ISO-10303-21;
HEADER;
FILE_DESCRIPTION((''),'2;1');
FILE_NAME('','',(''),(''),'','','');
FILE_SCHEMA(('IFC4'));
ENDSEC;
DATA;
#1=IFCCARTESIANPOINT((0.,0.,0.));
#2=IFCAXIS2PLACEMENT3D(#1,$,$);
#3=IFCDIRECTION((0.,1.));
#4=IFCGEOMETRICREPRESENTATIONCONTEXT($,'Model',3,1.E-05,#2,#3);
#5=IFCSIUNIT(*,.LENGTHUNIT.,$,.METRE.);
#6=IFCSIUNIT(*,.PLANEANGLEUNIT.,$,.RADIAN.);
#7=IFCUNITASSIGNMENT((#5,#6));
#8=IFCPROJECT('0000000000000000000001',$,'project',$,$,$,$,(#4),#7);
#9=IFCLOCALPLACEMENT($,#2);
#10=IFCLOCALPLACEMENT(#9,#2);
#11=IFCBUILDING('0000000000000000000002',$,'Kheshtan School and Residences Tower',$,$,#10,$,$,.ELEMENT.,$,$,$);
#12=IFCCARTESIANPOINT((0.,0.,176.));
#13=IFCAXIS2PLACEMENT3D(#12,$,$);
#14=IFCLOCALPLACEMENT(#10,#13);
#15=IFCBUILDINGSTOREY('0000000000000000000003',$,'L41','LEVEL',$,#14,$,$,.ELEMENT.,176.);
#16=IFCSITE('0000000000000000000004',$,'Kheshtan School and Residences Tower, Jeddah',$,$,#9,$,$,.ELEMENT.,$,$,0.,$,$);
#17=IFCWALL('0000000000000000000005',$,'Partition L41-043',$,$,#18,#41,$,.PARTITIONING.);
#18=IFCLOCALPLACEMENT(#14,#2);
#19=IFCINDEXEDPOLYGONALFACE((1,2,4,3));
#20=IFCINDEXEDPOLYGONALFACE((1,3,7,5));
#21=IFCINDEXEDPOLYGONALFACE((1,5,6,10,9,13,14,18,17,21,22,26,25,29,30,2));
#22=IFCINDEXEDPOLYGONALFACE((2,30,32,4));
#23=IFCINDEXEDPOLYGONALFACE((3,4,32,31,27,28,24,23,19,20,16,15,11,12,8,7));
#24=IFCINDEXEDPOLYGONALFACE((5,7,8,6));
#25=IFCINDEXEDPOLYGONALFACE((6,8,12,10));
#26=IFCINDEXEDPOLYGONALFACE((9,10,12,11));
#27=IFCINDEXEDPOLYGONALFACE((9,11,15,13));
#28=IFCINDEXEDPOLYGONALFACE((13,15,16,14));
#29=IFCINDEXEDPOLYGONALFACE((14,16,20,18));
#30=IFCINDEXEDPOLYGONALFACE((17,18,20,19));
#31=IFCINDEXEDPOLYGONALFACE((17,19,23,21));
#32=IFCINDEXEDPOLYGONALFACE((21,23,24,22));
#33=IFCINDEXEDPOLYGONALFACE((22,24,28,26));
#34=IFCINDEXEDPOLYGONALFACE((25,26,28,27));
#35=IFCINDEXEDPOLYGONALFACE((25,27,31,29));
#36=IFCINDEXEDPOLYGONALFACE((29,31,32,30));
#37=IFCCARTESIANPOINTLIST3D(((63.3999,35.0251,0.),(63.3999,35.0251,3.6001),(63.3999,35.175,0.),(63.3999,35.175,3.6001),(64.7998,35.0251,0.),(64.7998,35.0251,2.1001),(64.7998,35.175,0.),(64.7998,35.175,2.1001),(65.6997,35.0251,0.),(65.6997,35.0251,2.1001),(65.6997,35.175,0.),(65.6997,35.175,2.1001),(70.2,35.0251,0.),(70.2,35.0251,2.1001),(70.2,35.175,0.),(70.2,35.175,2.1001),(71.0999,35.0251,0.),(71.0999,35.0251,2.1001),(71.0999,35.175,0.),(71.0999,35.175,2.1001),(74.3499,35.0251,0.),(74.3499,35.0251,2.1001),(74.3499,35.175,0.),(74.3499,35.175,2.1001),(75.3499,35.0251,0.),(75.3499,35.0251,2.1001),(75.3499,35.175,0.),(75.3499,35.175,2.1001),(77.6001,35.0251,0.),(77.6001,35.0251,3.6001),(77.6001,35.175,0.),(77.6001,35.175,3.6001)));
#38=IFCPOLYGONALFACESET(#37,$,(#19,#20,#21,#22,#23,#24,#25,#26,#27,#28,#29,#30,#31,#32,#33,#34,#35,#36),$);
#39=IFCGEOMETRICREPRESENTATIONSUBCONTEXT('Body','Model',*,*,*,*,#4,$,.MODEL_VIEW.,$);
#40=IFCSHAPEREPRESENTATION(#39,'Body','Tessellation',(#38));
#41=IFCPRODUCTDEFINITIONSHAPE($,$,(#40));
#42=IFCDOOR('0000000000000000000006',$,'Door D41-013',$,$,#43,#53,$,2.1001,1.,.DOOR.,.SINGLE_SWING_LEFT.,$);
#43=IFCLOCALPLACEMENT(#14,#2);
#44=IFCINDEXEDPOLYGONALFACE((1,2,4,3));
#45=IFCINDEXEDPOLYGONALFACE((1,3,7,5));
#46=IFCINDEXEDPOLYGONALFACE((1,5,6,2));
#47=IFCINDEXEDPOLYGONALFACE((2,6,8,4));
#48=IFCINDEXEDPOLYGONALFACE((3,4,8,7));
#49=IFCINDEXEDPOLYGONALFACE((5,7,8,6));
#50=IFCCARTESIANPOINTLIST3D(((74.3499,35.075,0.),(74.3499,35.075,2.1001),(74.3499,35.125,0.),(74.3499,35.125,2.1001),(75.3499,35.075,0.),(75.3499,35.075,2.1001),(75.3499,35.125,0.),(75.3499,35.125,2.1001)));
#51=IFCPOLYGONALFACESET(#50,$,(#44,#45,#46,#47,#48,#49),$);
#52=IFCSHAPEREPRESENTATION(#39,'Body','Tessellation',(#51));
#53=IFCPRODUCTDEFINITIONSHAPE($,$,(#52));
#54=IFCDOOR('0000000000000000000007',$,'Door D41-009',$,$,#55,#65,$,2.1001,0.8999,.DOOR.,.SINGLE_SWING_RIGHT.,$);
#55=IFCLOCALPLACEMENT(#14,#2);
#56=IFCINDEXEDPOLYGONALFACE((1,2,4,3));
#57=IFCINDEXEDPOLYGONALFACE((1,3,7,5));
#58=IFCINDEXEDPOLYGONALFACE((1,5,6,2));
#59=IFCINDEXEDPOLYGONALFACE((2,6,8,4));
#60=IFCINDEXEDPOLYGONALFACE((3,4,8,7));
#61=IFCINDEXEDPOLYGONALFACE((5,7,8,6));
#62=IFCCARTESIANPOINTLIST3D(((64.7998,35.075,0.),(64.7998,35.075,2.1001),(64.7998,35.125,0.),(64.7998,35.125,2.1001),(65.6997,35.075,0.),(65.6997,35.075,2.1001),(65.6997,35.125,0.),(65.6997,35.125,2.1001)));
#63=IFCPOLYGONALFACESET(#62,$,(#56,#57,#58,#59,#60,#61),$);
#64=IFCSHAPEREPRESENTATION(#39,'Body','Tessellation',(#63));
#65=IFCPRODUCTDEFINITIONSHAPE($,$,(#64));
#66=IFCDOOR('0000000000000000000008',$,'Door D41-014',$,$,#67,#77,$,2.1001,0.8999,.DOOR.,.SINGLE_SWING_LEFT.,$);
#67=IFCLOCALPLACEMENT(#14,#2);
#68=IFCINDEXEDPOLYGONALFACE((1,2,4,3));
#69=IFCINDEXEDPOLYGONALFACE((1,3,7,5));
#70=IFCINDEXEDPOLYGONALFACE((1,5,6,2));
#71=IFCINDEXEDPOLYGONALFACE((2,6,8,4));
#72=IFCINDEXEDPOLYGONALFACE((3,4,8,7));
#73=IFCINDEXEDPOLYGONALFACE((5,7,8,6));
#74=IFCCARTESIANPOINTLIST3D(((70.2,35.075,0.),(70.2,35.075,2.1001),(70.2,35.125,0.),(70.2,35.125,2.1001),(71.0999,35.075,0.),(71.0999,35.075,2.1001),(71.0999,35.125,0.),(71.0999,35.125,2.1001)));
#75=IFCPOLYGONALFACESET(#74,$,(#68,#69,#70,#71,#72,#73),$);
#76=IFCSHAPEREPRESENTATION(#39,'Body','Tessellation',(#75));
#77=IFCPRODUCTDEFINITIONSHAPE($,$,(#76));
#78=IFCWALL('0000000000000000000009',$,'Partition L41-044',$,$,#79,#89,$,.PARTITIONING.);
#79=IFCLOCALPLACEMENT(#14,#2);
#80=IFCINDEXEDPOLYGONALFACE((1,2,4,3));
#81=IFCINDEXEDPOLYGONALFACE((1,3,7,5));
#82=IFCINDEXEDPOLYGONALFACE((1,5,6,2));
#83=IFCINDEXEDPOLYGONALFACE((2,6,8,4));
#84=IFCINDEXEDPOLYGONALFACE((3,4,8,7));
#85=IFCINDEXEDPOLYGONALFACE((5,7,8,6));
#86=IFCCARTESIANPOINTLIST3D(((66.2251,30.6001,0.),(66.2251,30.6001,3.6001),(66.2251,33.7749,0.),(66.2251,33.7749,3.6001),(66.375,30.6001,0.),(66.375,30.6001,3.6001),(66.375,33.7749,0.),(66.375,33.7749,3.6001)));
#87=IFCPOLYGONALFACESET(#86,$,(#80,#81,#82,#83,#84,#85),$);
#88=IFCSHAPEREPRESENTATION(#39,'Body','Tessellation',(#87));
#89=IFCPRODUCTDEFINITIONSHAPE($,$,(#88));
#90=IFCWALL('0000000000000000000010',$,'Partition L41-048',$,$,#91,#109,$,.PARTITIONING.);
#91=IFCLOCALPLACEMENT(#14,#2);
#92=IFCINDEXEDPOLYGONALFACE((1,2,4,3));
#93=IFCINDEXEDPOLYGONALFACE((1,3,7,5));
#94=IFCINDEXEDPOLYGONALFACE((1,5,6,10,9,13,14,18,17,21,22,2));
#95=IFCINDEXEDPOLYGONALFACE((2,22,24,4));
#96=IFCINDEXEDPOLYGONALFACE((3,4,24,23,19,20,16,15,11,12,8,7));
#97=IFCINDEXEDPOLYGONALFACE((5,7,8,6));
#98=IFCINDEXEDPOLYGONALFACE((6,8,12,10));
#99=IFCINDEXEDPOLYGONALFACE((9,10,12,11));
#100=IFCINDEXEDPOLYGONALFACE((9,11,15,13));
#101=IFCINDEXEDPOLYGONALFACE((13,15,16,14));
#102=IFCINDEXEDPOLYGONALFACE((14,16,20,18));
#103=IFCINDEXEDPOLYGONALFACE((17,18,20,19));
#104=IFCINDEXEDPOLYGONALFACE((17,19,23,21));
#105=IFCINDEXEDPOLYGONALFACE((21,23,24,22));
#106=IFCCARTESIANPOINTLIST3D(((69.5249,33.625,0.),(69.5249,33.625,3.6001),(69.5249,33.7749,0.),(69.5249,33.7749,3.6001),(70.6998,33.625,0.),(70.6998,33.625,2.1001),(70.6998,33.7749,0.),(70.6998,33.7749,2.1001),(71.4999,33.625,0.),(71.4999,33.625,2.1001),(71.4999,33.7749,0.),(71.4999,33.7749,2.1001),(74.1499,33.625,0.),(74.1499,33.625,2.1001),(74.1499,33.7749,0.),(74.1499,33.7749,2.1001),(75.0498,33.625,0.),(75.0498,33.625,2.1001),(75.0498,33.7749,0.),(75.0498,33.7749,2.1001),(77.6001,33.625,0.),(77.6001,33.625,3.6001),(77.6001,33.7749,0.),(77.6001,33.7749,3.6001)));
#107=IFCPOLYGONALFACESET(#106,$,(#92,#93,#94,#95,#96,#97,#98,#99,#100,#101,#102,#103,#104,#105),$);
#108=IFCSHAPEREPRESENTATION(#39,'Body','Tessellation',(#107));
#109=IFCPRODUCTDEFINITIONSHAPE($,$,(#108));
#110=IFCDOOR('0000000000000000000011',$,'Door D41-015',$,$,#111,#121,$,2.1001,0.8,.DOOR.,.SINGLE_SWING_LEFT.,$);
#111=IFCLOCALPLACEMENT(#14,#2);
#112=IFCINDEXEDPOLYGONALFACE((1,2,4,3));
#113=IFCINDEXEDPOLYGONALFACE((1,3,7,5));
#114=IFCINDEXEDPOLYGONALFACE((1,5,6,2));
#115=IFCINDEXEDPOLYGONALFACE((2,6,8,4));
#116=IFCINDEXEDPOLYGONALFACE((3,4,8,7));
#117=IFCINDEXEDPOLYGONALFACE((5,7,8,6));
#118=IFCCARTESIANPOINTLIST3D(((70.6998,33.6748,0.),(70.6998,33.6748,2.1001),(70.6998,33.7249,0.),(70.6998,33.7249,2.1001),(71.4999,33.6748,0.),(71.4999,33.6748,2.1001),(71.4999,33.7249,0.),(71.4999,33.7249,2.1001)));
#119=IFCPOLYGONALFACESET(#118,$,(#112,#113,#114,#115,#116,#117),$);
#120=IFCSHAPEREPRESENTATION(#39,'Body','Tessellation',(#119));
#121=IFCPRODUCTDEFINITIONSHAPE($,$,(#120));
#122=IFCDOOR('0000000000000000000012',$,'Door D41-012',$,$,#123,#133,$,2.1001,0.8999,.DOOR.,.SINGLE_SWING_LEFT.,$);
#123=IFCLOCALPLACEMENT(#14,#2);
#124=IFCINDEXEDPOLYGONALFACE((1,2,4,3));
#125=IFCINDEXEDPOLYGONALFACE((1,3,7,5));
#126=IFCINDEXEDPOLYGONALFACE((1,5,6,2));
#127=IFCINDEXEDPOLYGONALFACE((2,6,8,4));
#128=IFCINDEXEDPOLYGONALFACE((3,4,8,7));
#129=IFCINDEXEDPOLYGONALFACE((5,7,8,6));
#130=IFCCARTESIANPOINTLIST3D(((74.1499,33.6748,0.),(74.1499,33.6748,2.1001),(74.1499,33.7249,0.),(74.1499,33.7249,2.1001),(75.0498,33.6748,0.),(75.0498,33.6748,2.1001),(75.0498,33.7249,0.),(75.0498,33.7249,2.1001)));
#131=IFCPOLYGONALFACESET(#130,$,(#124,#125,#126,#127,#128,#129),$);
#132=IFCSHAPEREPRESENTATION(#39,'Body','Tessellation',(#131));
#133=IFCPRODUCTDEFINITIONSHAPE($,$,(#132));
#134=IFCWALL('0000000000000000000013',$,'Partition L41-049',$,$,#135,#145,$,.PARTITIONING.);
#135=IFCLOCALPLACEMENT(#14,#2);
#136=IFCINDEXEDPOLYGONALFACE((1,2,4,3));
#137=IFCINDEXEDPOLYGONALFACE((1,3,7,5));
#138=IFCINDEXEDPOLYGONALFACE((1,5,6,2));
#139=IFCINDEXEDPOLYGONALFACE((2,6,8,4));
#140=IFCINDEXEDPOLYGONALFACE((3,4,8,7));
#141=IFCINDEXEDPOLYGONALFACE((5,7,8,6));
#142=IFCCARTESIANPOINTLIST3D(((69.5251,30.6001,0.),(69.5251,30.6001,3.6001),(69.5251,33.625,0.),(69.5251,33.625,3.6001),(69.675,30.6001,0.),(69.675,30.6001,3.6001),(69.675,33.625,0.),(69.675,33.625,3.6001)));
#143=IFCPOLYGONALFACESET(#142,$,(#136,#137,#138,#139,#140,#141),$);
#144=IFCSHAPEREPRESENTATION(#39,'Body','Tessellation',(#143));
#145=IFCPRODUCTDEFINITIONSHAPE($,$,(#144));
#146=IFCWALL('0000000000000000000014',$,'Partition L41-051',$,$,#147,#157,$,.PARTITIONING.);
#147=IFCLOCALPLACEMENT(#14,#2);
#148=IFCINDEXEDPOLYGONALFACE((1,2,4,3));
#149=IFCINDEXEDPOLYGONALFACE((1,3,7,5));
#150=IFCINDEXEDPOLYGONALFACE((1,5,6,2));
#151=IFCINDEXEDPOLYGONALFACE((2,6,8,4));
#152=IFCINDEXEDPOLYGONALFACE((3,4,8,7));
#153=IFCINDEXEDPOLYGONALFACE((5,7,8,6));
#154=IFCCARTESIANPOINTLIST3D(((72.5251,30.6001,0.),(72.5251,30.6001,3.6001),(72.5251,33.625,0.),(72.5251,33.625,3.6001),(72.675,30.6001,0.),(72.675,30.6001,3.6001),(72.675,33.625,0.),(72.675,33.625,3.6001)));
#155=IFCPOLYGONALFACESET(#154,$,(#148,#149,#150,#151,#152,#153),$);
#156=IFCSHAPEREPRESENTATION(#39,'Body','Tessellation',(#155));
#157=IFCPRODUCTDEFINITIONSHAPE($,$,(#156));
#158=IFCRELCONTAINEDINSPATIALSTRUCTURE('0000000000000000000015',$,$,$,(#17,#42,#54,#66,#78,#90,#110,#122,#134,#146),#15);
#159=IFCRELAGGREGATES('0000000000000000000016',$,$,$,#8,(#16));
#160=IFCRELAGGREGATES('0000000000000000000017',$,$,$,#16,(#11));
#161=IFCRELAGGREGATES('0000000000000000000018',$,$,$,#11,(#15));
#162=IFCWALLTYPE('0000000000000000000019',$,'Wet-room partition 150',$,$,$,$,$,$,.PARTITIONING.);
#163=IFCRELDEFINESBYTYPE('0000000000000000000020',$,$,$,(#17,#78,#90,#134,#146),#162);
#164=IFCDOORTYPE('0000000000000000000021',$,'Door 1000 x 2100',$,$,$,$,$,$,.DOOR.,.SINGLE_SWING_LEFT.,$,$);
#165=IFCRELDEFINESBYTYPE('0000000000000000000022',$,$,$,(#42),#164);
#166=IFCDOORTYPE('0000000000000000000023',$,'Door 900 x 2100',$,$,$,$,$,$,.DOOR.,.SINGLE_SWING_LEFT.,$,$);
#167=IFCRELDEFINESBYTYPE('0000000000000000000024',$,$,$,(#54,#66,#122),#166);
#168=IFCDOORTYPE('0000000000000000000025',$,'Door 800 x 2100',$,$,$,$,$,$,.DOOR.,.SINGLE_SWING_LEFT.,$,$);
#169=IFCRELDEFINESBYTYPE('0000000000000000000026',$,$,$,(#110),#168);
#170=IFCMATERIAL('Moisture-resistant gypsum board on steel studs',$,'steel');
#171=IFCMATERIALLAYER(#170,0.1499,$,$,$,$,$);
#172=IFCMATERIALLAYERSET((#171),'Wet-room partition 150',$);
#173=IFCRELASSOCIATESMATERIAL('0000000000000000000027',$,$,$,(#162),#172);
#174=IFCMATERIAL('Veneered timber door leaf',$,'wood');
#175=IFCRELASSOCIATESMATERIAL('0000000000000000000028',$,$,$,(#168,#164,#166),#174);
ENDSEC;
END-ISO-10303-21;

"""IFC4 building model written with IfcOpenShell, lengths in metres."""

from ifc_helpers import new_model, si_unit, direction, frame, frame_2d, origin, place, context, subcontext, project, spatial, rectangle, extrude, source, transform, mapped, material, layer, layer_set, type_object, element, fill, save


model = new_model("IFC4")

# Units and contexts
model_context = context("Model", 3, precision=1e-05, world=origin(), true_north=direction((0.0, 1.0)))
body_context = subcontext(model_context, "Body", "Model", "MODEL_VIEW")
ifc_project = project(units=[si_unit("LENGTHUNIT", "METRE"), si_unit("PLANEANGLEUNIT", "RADIAN")], contexts=[model_context])

# Site, building, storey
site_placement = place(None, origin())
site = spatial("IfcSite", under=ifc_project, at=site_placement, Name="Kheshtan School and Residences Tower, Jeddah", CompositionType="ELEMENT", RefElevation=0.0)
building_placement = place(site_placement, origin())
building = spatial("IfcBuilding", under=site, at=building_placement, Name="Kheshtan School and Residences Tower", CompositionType="ELEMENT")
storey_placement = place(building_placement, frame((0.0, 0.0, 176.0)))
storey = spatial("IfcBuildingStorey", under=building, at=storey_placement, Name="L41", Description="LEVEL", CompositionType="ELEMENT", Elevation=176.0)

# Shared definitions
ifc_material_1 = material(Name="Moisture-resistant gypsum board on steel studs", Category="steel")
ifc_layer_1 = layer(ifc_material_1, 0.1499)
ifc_layer_set_1 = layer_set([ifc_layer_1], Name="Wet-room partition 150")
wall_type_1 = type_object("IfcWallType", Name="Wet-room partition 150", PredefinedType="PARTITIONING", material=ifc_layer_set_1)
ifc_material_2 = material(Name="Veneered timber door leaf", Category="wood")
door_type_1 = type_object("IfcDoorType", Name="Door 800 x 2100", OperationType="SINGLE_SWING_LEFT", PredefinedType="DOOR", material=ifc_material_2)
shared_shape_1 = source(origin(), body_context, "Body", "SweptSolid", [
    extrude(rectangle(XDim=0.8, YDim=2.1001, at=frame_2d((0.3999, 1.05))), frame((0.0, 0.0249, 0.0), z_axis=(0.0, -1.0, 0.0), x_axis=(1.0, 0.0, 0.0)), (0.0, 0.0, 1.0), 0.05),
])

# Wall, openings, doors
wall_1_placement = place(storey_placement, frame((63.3999, 35.1001, 0.0), z_axis=(0.0, 0.0, 1.0), x_axis=(1.0, 0.0, 0.0)))
wall_1 = element("IfcWall", 1, at=wall_1_placement, inside=storey, type_object=wall_type_1, Name="Partition L41-043", PredefinedType="PARTITIONING", context=body_context, shape_type="SweptSolid", body=[
    extrude(rectangle(XDim=14.2002, YDim=0.1499, at=frame_2d((7.1001, 0.0))), origin(), (0.0, 0.0, 1.0), 3.6001),
])
opening_1_placement = place(wall_1_placement, frame((1.3999, 0.0, 0.0)))
opening_1 = element("IfcOpeningElement", 2, at=opening_1_placement, cuts=wall_1, PredefinedType="OPENING", context=body_context, shape_type="SweptSolid", body=[
    extrude(rectangle(XDim=0.8999, YDim=2.1001, at=frame_2d((0.45, 1.05))), frame((0.0, 0.085, 0.0), z_axis=(0.0, -1.0, 0.0), x_axis=(1.0, 0.0, 0.0)), (0.0, 0.0, 1.0), 0.1699),
])
opening_2_placement = place(wall_1_placement, frame((10.95, 0.0, 0.0)))
opening_2 = element("IfcOpeningElement", 3, at=opening_2_placement, cuts=wall_1, PredefinedType="OPENING", context=body_context, shape_type="SweptSolid", body=[
    extrude(rectangle(XDim=1.0, YDim=2.1001, at=frame_2d((0.5, 1.05))), frame((0.0, 0.085, 0.0), z_axis=(0.0, -1.0, 0.0), x_axis=(1.0, 0.0, 0.0)), (0.0, 0.0, 1.0), 0.1699),
])
opening_3_placement = place(wall_1_placement, frame((6.8, 0.0, 0.0)))
opening_3 = element("IfcOpeningElement", 4, at=opening_3_placement, cuts=wall_1, PredefinedType="OPENING", context=body_context, shape_type="SweptSolid", body=[
    extrude(rectangle(XDim=0.8999, YDim=2.1001, at=frame_2d((0.45, 1.05))), frame((0.0, 0.085, 0.0), z_axis=(0.0, -1.0, 0.0), x_axis=(1.0, 0.0, 0.0)), (0.0, 0.0, 1.0), 0.1699),
])
door_type_2 = type_object("IfcDoorType", Name="Door 1000 x 2100", OperationType="SINGLE_SWING_LEFT", PredefinedType="DOOR", material=ifc_material_2)
shared_shape_2 = source(origin(), body_context, "Body", "SweptSolid", [
    extrude(rectangle(XDim=1.0, YDim=2.1001, at=frame_2d((0.5, 1.05))), frame((0.0, 0.0249, 0.0), z_axis=(0.0, -1.0, 0.0), x_axis=(1.0, 0.0, 0.0)), (0.0, 0.0, 1.0), 0.05),
])
door_1_placement = place(opening_2_placement, origin())
door_1 = element("IfcDoor", 5, at=door_1_placement, inside=storey, type_object=door_type_2, Name="Door D41-013", OperationType="SINGLE_SWING_LEFT", OverallHeight=2.1001, OverallWidth=1.0, PredefinedType="DOOR", context=body_context, shape_type="MappedRepresentation", body=[
    mapped(shared_shape_2, transform((0.0, 0.0, 0.0), x_axis=(1.0, 0.0, 0.0), y_axis=(0.0, 1.0, 0.0), z_axis=(0.0, 0.0, 1.0), scale=1.0)),
])
fill(opening_2, door_1)
door_type_3 = type_object("IfcDoorType", Name="Door 900 x 2100", OperationType="SINGLE_SWING_LEFT", PredefinedType="DOOR", material=ifc_material_2)
shared_shape_3 = source(origin(), body_context, "Body", "SweptSolid", [
    extrude(rectangle(XDim=0.8999, YDim=2.1001, at=frame_2d((0.45, 1.05))), frame((0.0, 0.0249, 0.0), z_axis=(0.0, -1.0, 0.0), x_axis=(1.0, 0.0, 0.0)), (0.0, 0.0, 1.0), 0.05),
])
door_2_placement = place(opening_1_placement, origin())
door_2 = element("IfcDoor", 6, at=door_2_placement, inside=storey, type_object=door_type_3, Name="Door D41-009", OperationType="SINGLE_SWING_RIGHT", OverallHeight=2.1001, OverallWidth=0.8999, PredefinedType="DOOR", context=body_context, shape_type="MappedRepresentation", body=[
    mapped(shared_shape_3, transform((0.0, 0.0, 0.0), x_axis=(1.0, 0.0, 0.0), y_axis=(0.0, 1.0, 0.0), z_axis=(0.0, 0.0, 1.0), scale=1.0)),
])
fill(opening_1, door_2)
door_3_placement = place(opening_3_placement, origin())
door_3 = element("IfcDoor", 7, at=door_3_placement, inside=storey, type_object=door_type_3, Name="Door D41-014", OperationType="SINGLE_SWING_LEFT", OverallHeight=2.1001, OverallWidth=0.8999, PredefinedType="DOOR", context=body_context, shape_type="MappedRepresentation", body=[
    mapped(shared_shape_3, transform((0.0, 0.0, 0.0), x_axis=(1.0, 0.0, 0.0), y_axis=(0.0, 1.0, 0.0), z_axis=(0.0, 0.0, 1.0), scale=1.0)),
])
fill(opening_3, door_3)

# Wall
wall_2_placement = place(storey_placement, frame((66.3, 30.6001, 0.0), z_axis=(0.0, 0.0, 1.0), x_axis=(0.0, 1.0, 0.0)))
element("IfcWall", 8, at=wall_2_placement, inside=storey, type_object=wall_type_1, Name="Partition L41-044", PredefinedType="PARTITIONING", context=body_context, shape_type="SweptSolid", body=[
    extrude(rectangle(XDim=3.1748, YDim=0.1499, at=frame_2d((1.5874, 0.0))), origin(), (0.0, 0.0, 1.0), 3.6001),
])

# Wall, openings, doors
wall_3_placement = place(storey_placement, frame((69.5249, 33.7, 0.0), z_axis=(0.0, 0.0, 1.0), x_axis=(1.0, 0.0, 0.0)))
wall_3 = element("IfcWall", 9, at=wall_3_placement, inside=storey, type_object=wall_type_1, Name="Partition L41-048", PredefinedType="PARTITIONING", context=body_context, shape_type="SweptSolid", body=[
    extrude(rectangle(XDim=8.0752, YDim=0.1499, at=frame_2d((4.0376, 0.0))), origin(), (0.0, 0.0, 1.0), 3.6001),
])
opening_4_placement = place(wall_3_placement, frame((4.625, 0.0, 0.0)))
opening_4 = element("IfcOpeningElement", 10, at=opening_4_placement, cuts=wall_3, PredefinedType="OPENING", context=body_context, shape_type="SweptSolid", body=[
    extrude(rectangle(XDim=0.8999, YDim=2.1001, at=frame_2d((0.45, 1.05))), frame((0.0, 0.085, 0.0), z_axis=(0.0, -1.0, 0.0), x_axis=(1.0, 0.0, 0.0)), (0.0, 0.0, 1.0), 0.1699),
])
opening_5_placement = place(wall_3_placement, frame((1.175, 0.0, 0.0)))
opening_5 = element("IfcOpeningElement", 11, at=opening_5_placement, cuts=wall_3, PredefinedType="OPENING", context=body_context, shape_type="SweptSolid", body=[
    extrude(rectangle(XDim=0.8, YDim=2.1001, at=frame_2d((0.3999, 1.05))), frame((0.0, 0.085, 0.0), z_axis=(0.0, -1.0, 0.0), x_axis=(1.0, 0.0, 0.0)), (0.0, 0.0, 1.0), 0.1699),
])
door_4_placement = place(opening_5_placement, origin())
door_4 = element("IfcDoor", 12, at=door_4_placement, inside=storey, type_object=door_type_1, Name="Door D41-015", OperationType="SINGLE_SWING_LEFT", OverallHeight=2.1001, OverallWidth=0.8, PredefinedType="DOOR", context=body_context, shape_type="MappedRepresentation", body=[
    mapped(shared_shape_1, transform((0.0, 0.0, 0.0), x_axis=(1.0, 0.0, 0.0), y_axis=(0.0, 1.0, 0.0), z_axis=(0.0, 0.0, 1.0), scale=1.0)),
])
fill(opening_5, door_4)
door_5_placement = place(opening_4_placement, origin())
door_5 = element("IfcDoor", 13, at=door_5_placement, inside=storey, type_object=door_type_3, Name="Door D41-012", OperationType="SINGLE_SWING_LEFT", OverallHeight=2.1001, OverallWidth=0.8999, PredefinedType="DOOR", context=body_context, shape_type="MappedRepresentation", body=[
    mapped(shared_shape_3, transform((0.0, 0.0, 0.0), x_axis=(1.0, 0.0, 0.0), y_axis=(0.0, 1.0, 0.0), z_axis=(0.0, 0.0, 1.0), scale=1.0)),
])
fill(opening_4, door_5)

# Walls
for number, where, z_axis, x_axis, name in (
    (14, (69.6001, 30.6001, 0.0), (0.0, 0.0, 1.0), (0.0, 1.0, 0.0), "Partition L41-049"),
    (15, (72.6001, 30.6001, 0.0), (0.0, 0.0, 1.0), (0.0, 1.0, 0.0), "Partition L41-051"),
):
    element("IfcWall", number, at=place(storey_placement, frame(where, z_axis=z_axis, x_axis=x_axis)), inside=storey, type_object=wall_type_1, Name=name, PredefinedType="PARTITIONING", context=body_context, shape_type="SweptSolid", body=[
        extrude(rectangle(XDim=3.0249, YDim=0.1499, at=frame_2d((1.5125, 0.0))), origin(), (0.0, 0.0, 1.0), 3.6001),
    ])

save(model, "model.ifc")
